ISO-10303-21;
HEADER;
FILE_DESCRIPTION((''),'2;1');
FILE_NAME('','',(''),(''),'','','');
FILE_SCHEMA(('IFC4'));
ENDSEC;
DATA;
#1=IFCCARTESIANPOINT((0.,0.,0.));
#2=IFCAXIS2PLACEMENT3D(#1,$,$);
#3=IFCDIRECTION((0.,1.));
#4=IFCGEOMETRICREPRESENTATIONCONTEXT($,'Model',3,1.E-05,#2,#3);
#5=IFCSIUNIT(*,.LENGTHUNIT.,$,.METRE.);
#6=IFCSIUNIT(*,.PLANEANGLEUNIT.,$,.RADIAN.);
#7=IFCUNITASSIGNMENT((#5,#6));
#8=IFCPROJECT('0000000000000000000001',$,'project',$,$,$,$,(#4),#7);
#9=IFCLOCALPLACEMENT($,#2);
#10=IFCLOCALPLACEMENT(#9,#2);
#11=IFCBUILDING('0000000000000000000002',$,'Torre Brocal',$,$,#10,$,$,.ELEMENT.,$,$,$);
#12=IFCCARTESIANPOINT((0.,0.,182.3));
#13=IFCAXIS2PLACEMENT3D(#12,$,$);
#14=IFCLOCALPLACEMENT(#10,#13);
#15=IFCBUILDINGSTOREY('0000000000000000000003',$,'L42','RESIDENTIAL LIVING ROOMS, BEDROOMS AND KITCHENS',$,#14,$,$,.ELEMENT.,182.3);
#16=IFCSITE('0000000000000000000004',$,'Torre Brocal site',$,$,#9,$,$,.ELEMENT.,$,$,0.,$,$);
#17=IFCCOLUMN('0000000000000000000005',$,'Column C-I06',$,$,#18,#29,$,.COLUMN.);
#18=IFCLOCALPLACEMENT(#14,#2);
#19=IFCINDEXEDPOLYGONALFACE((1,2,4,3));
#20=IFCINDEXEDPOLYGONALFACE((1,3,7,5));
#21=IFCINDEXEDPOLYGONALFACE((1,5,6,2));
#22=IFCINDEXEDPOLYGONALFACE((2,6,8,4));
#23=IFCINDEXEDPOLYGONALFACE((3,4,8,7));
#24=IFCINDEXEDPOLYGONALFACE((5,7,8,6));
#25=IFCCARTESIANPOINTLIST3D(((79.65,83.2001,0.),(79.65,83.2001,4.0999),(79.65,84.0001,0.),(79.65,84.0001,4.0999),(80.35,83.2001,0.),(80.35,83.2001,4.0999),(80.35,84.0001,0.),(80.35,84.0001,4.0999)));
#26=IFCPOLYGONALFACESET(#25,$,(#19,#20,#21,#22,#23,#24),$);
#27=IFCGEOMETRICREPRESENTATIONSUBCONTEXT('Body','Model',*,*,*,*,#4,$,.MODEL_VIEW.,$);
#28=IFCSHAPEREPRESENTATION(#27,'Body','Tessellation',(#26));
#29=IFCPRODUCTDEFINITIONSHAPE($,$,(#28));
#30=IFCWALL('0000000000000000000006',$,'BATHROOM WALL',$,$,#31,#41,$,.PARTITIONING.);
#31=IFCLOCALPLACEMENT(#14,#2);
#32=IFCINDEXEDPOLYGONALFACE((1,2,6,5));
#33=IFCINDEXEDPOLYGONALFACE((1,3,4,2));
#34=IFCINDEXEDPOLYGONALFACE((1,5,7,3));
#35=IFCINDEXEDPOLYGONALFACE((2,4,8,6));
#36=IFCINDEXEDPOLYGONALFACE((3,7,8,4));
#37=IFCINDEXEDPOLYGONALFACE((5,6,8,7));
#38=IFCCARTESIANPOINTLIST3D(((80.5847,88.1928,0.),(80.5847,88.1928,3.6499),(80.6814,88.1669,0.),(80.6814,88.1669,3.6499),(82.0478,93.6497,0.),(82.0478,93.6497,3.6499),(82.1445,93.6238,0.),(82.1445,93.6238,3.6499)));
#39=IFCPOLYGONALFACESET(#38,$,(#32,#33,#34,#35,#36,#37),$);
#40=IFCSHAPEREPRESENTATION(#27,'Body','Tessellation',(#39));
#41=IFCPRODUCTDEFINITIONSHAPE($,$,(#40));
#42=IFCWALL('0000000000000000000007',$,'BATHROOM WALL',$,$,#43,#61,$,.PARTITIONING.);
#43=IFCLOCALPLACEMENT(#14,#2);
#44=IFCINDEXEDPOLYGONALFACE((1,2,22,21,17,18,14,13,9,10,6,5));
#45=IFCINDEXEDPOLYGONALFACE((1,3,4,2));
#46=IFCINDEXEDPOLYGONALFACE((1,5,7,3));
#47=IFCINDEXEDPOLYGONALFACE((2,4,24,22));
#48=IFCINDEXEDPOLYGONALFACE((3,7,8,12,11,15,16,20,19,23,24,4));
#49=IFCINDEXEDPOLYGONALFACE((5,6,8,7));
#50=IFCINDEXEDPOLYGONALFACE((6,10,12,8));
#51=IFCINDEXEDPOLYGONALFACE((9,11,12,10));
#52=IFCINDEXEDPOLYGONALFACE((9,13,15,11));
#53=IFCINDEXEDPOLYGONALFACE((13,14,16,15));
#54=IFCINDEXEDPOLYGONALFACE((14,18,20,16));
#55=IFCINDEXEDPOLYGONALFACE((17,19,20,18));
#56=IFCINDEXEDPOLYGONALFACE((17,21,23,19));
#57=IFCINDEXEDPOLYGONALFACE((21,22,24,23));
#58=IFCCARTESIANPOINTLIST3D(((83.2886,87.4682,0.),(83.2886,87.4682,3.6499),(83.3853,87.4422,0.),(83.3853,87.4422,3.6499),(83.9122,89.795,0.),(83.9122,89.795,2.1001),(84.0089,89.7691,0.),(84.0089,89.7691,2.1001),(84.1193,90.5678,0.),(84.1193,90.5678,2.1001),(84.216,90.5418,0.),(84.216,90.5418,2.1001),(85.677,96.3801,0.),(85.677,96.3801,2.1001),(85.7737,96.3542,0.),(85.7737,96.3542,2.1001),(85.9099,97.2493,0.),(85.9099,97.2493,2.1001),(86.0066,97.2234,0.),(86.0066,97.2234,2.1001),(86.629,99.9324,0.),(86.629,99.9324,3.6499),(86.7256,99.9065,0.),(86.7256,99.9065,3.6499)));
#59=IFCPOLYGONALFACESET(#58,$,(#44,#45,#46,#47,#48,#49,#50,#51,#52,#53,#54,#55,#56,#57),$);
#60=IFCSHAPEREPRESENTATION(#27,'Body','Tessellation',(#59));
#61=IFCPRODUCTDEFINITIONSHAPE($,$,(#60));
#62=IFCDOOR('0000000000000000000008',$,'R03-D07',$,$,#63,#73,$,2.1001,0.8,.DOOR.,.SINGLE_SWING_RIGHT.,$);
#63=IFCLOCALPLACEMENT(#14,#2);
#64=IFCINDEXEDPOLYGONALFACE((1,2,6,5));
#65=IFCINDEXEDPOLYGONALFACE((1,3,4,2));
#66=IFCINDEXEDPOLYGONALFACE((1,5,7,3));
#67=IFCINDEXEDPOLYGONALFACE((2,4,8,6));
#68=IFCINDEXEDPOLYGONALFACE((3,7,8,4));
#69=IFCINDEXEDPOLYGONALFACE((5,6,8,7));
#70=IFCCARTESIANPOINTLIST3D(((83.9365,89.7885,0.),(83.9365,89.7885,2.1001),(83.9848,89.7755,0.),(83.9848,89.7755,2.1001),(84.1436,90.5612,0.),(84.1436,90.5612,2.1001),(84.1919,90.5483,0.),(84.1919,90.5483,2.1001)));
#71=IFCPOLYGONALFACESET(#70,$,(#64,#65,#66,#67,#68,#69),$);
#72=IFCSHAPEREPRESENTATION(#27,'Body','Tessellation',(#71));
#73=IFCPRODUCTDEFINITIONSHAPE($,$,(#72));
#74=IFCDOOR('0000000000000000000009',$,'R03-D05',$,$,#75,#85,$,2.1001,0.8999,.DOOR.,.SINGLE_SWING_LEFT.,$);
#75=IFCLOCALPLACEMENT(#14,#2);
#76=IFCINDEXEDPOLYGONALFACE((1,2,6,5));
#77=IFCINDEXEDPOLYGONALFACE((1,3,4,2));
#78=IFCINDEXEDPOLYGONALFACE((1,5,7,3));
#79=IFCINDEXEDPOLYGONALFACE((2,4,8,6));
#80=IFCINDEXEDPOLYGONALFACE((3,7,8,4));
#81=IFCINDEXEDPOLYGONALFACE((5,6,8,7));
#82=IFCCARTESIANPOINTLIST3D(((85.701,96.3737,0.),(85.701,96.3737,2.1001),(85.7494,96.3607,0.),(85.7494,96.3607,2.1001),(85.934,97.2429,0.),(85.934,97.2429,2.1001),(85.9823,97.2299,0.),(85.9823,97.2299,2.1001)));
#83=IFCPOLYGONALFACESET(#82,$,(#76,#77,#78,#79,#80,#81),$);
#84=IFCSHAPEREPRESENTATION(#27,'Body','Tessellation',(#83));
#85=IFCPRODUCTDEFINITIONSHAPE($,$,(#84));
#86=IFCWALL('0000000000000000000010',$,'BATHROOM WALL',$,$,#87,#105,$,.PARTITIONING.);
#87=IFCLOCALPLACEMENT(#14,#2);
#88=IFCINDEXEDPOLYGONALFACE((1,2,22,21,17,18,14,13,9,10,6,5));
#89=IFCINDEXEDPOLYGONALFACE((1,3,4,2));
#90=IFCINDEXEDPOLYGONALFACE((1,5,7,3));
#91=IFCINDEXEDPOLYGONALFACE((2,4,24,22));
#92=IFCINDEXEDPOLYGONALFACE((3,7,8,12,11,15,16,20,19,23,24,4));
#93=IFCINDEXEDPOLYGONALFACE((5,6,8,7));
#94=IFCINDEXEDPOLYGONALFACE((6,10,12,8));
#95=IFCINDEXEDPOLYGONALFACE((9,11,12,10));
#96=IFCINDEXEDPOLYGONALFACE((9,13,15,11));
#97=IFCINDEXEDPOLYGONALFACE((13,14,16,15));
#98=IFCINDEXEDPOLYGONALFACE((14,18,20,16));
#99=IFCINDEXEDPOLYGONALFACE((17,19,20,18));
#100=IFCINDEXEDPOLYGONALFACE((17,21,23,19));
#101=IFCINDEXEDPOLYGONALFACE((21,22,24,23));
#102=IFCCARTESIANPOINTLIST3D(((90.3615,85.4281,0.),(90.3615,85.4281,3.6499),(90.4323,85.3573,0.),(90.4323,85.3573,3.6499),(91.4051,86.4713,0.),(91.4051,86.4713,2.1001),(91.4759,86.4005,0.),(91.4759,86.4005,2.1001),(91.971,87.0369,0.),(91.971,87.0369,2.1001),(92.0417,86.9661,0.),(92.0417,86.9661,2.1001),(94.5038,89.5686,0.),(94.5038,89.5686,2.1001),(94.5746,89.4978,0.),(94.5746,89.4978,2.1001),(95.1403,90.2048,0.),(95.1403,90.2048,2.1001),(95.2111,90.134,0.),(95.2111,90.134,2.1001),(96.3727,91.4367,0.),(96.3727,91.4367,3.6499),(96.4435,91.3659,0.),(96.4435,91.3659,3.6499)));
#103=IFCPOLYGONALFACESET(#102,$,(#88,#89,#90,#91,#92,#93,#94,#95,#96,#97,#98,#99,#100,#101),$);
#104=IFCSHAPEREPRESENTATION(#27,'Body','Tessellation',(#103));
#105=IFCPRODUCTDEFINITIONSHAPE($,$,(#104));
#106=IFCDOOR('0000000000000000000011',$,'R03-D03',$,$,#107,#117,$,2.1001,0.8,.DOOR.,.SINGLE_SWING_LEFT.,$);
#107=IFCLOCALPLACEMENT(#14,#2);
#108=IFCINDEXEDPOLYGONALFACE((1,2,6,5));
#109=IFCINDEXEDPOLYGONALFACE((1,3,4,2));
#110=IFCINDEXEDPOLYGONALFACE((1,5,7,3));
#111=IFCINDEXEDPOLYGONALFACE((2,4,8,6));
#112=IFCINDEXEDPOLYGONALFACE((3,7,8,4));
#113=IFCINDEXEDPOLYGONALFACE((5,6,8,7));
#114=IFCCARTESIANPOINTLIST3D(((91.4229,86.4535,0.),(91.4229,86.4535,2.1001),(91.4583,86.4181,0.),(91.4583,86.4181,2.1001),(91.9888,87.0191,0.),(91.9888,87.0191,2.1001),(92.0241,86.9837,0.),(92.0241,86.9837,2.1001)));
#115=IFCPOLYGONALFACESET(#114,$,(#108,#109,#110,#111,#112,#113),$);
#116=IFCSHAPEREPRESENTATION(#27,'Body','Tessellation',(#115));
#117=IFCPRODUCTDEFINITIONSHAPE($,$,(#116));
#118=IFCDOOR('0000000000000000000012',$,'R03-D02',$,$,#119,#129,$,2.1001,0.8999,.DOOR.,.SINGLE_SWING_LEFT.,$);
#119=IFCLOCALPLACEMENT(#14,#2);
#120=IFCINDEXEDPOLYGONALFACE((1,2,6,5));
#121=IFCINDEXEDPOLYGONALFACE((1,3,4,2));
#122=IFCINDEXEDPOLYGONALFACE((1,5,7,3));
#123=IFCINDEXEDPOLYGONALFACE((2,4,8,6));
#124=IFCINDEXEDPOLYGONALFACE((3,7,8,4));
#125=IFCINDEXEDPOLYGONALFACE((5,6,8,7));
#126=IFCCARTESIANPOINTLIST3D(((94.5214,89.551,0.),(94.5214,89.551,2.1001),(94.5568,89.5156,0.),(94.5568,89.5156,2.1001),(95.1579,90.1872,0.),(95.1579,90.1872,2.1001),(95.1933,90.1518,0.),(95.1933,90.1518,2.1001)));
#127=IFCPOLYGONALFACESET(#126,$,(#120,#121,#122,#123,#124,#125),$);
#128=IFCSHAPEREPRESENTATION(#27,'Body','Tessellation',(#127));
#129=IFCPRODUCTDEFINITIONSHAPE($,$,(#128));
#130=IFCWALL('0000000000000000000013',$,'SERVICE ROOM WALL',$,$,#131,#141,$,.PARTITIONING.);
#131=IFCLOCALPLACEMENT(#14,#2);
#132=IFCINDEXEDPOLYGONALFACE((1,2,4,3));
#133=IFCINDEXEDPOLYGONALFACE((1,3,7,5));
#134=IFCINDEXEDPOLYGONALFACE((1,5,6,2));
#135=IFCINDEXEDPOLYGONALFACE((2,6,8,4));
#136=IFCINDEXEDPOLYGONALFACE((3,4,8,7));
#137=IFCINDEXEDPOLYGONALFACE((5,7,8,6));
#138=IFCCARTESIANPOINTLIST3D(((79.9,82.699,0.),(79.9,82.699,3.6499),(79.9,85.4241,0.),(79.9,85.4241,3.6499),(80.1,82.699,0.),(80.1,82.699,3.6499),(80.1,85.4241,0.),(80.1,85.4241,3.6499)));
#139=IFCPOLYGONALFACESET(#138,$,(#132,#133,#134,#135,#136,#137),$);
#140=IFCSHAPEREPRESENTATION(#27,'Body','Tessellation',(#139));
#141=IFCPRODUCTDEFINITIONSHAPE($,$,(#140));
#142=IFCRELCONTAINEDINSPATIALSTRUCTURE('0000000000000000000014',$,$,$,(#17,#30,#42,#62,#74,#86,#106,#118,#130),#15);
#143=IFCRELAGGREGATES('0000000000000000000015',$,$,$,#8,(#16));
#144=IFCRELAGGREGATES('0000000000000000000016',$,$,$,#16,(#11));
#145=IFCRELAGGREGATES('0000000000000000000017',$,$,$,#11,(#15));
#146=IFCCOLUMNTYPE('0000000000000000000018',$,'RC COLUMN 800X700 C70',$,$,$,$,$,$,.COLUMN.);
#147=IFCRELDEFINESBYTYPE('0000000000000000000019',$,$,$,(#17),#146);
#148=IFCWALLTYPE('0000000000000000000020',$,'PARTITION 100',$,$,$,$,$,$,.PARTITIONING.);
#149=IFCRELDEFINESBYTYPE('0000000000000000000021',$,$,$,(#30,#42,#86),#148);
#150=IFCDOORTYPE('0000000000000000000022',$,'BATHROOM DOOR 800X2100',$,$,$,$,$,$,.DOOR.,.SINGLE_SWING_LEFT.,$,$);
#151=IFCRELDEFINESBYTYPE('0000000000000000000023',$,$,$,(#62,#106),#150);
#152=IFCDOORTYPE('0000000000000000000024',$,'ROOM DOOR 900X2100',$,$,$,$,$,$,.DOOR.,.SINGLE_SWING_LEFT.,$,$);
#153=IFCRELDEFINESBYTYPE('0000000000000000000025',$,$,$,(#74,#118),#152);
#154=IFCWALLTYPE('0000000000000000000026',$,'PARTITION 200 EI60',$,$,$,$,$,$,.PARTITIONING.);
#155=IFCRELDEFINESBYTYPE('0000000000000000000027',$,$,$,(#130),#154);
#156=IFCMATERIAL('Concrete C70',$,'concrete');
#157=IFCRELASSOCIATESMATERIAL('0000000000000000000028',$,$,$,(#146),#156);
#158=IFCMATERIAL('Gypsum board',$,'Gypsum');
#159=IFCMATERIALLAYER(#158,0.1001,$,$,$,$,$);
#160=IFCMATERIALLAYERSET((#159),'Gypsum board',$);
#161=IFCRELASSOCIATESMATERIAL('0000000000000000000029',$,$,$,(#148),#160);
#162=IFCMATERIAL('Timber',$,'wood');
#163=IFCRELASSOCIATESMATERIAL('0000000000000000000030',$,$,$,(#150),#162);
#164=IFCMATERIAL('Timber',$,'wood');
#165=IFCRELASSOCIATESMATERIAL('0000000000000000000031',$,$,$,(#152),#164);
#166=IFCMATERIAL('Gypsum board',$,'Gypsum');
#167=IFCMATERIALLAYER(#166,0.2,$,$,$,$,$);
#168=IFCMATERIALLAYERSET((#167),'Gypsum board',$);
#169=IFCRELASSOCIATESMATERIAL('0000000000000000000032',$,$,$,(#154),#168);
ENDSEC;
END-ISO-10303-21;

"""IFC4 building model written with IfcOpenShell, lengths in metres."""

from ifc_helpers import new_model, si_unit, direction, frame, frame_2d, origin, origin_2d, place, context, subcontext, project, spatial, rectangle, extrude, material, layer, layer_set, material_profile, profile_set, type_object, element, fill, save


model = new_model("IFC4")

# Units and contexts
model_context = context("Model", 3, precision=1e-05, world=origin(), true_north=direction((0.0, 1.0)))
body_context = subcontext(model_context, "Body", "Model", "MODEL_VIEW")
ifc_project = project(units=[si_unit("LENGTHUNIT", "METRE"), si_unit("PLANEANGLEUNIT", "RADIAN")], contexts=[model_context])

# Site, building, storey
site_placement = place(None, origin())
site = spatial("IfcSite", under=ifc_project, at=site_placement, Name="Torre Brocal site", CompositionType="ELEMENT", RefElevation=0.0)
building_placement = place(site_placement, origin())
building = spatial("IfcBuilding", under=site, at=building_placement, Name="Torre Brocal", CompositionType="ELEMENT")
storey_placement = place(building_placement, frame((0.0, 0.0, 182.3)))
storey = spatial("IfcBuildingStorey", under=building, at=storey_placement, Name="L42", Description="RESIDENTIAL LIVING ROOMS, BEDROOMS AND KITCHENS", CompositionType="ELEMENT", Elevation=182.3)

# Column
ifc_material_1 = material(Name="Concrete C70", Category="concrete")
ifc_material_profile = material_profile(ifc_material_1, rectangle(XDim=0.8, YDim=0.7, at=origin_2d()), Name="RC 800X700")
ifc_profile_set = profile_set([ifc_material_profile], Name="Concrete C70")
column_type = type_object("IfcColumnType", Name="RC COLUMN 800X700 C70", PredefinedType="COLUMN", material=ifc_profile_set)
column_placement = place(storey_placement, frame((80.0, 83.6001, 0.0), z_axis=(0.0, 0.0, 1.0), x_axis=(0.0, 1.0, 0.0)))
element("IfcColumn", 1, at=column_placement, inside=storey, type_object=column_type, Name="Column C-I06", PredefinedType="COLUMN", context=body_context, shape_type="SweptSolid", body=[
    extrude(rectangle(XDim=0.8, YDim=0.7, at=origin_2d()), origin(), (0.0, 0.0, 1.0), 4.0999),
])

# Wall
ifc_material_2 = material(Name="Gypsum board", Category="Gypsum")
ifc_layer_1 = layer(ifc_material_2, 0.1001)
ifc_layer_set_1 = layer_set([ifc_layer_1], Name="Gypsum board")
wall_type_1 = type_object("IfcWallType", Name="PARTITION 100", PredefinedType="PARTITIONING", material=ifc_layer_set_1)
wall_1_placement = place(storey_placement, frame((80.6331, 88.1799, 0.0), z_axis=(0.0, 0.0, 1.0), x_axis=(0.258983, 0.965882, 0.0)))
element("IfcWall", 2, at=wall_1_placement, inside=storey, type_object=wall_type_1, Name="BATHROOM WALL", PredefinedType="PARTITIONING", context=body_context, shape_type="SweptSolid", body=[
    extrude(rectangle(XDim=5.6497, YDim=0.1001, at=frame_2d((2.8247, 0.0))), origin(), (0.0, 0.0, 1.0), 3.6499),
])

# Walls, openings, doors
wall_2_placement = place(storey_placement, frame((83.3369, 87.4551, 0.0), z_axis=(0.0, 0.0, 1.0), x_axis=(0.258861, 0.965915, 0.0)))
wall_2 = element("IfcWall", 3, at=wall_2_placement, inside=storey, type_object=wall_type_1, Name="BATHROOM WALL", PredefinedType="PARTITIONING", context=body_context, shape_type="SweptSolid", body=[
    extrude(rectangle(XDim=12.9041, YDim=0.1001, at=frame_2d((6.4521, 0.0))), origin(), (0.0, 0.0, 1.0), 3.6499),
])
opening_1_placement = place(wall_2_placement, frame((9.2266, 0.0, 0.0)))
opening_1 = element("IfcOpeningElement", 4, at=opening_1_placement, cuts=wall_2, PredefinedType="OPENING", context=body_context, shape_type="SweptSolid", body=[
    extrude(rectangle(XDim=0.8999, YDim=2.1001, at=frame_2d((0.45, 1.05))), frame((0.0, 0.0601, 0.0), z_axis=(0.0, -1.0, 0.0), x_axis=(1.0, 0.0, 0.0)), (0.0, 0.0, 1.0), 0.1201),
])
opening_2_placement = place(wall_2_placement, frame((2.4092, 0.0, 0.0)))
opening_2 = element("IfcOpeningElement", 5, at=opening_2_placement, cuts=wall_2, PredefinedType="OPENING", context=body_context, shape_type="SweptSolid", body=[
    extrude(rectangle(XDim=0.8, YDim=2.1001, at=frame_2d((0.3999, 1.05))), frame((0.0, 0.0601, 0.0), z_axis=(0.0, -1.0, 0.0), x_axis=(1.0, 0.0, 0.0)), (0.0, 0.0, 1.0), 0.1201),
])
ifc_material_3 = material(Name="Timber", Category="wood")
door_type_1 = type_object("IfcDoorType", Name="BATHROOM DOOR 800X2100", OperationType="SINGLE_SWING_LEFT", PredefinedType="DOOR", material=ifc_material_3)
door_1_placement = place(opening_2_placement, origin())
door_1 = element("IfcDoor", 6, at=door_1_placement, inside=storey, type_object=door_type_1, Name="R03-D07", OperationType="SINGLE_SWING_RIGHT", OverallHeight=2.1001, OverallWidth=0.8, PredefinedType="DOOR", context=body_context, shape_type="SweptSolid", body=[
    extrude(rectangle(XDim=0.8, YDim=2.1001, at=frame_2d((0.3999, 1.05))), frame((0.0, 0.0249, 0.0), z_axis=(0.0, -1.0, 0.0), x_axis=(1.0, 0.0, 0.0)), (0.0, 0.0, 1.0), 0.05),
])
fill(opening_2, door_1)
ifc_material_4 = material(Name="Timber", Category="wood")
door_type_2 = type_object("IfcDoorType", Name="ROOM DOOR 900X2100", OperationType="SINGLE_SWING_LEFT", PredefinedType="DOOR", material=ifc_material_4)
door_2_placement = place(opening_1_placement, frame((0.8999, 0.0, 0.0), z_axis=(0.0, 0.0, 1.0), x_axis=(-1.0, 0.0, 0.0)))
door_2 = element("IfcDoor", 7, at=door_2_placement, inside=storey, type_object=door_type_2, Name="R03-D05", OperationType="SINGLE_SWING_LEFT", OverallHeight=2.1001, OverallWidth=0.8999, PredefinedType="DOOR", context=body_context, shape_type="SweptSolid", body=[
    extrude(rectangle(XDim=0.8999, YDim=2.1001, at=frame_2d((0.45, 1.05))), frame((0.0, 0.0249, 0.0), z_axis=(0.0, -1.0, 0.0), x_axis=(1.0, 0.0, 0.0)), (0.0, 0.0, 1.0), 0.05),
])
fill(opening_1, door_2)
wall_3_placement = place(storey_placement, frame((90.397, 85.3928, 0.0), z_axis=(0.0, 0.0, 1.0), x_axis=(0.707265, 0.706949, 0.0)))
wall_3 = element("IfcWall", 8, at=wall_3_placement, inside=storey, type_object=wall_type_1, Name="BATHROOM WALL", PredefinedType="PARTITIONING", context=body_context, shape_type="SweptSolid", body=[
    extrude(rectangle(XDim=8.4993, YDim=0.1001, at=frame_2d((4.2495, 0.0))), origin(), (0.0, 0.0, 1.0), 3.6499),
])
opening_3_placement = place(wall_3_placement, frame((5.8567, 0.0, 0.0)))
opening_3 = element("IfcOpeningElement", 9, at=opening_3_placement, cuts=wall_3, PredefinedType="OPENING", context=body_context, shape_type="SweptSolid", body=[
    extrude(rectangle(XDim=0.8999, YDim=2.1001, at=frame_2d((0.45, 1.05))), frame((0.0, 0.0601, 0.0), z_axis=(0.0, -1.0, 0.0), x_axis=(1.0, 0.0, 0.0)), (0.0, 0.0, 1.0), 0.1201),
])
opening_4_placement = place(wall_3_placement, frame((1.4756, 0.0, 0.0)))
opening_4 = element("IfcOpeningElement", 10, at=opening_4_placement, cuts=wall_3, PredefinedType="OPENING", context=body_context, shape_type="SweptSolid", body=[
    extrude(rectangle(XDim=0.8, YDim=2.1001, at=frame_2d((0.3999, 1.05))), frame((0.0, 0.0601, 0.0), z_axis=(0.0, -1.0, 0.0), x_axis=(1.0, 0.0, 0.0)), (0.0, 0.0, 1.0), 0.1201),
])
door_3_placement = place(opening_4_placement, origin())
door_3 = element("IfcDoor", 11, at=door_3_placement, inside=storey, type_object=door_type_1, Name="R03-D03", OperationType="SINGLE_SWING_LEFT", OverallHeight=2.1001, OverallWidth=0.8, PredefinedType="DOOR", context=body_context, shape_type="SweptSolid", body=[
    extrude(rectangle(XDim=0.8, YDim=2.1001, at=frame_2d((0.3999, 1.05))), frame((0.0, 0.0249, 0.0), z_axis=(0.0, -1.0, 0.0), x_axis=(1.0, 0.0, 0.0)), (0.0, 0.0, 1.0), 0.05),
])
fill(opening_4, door_3)
door_4_placement = place(opening_3_placement, frame((0.8999, 0.0, 0.0), z_axis=(0.0, 0.0, 1.0), x_axis=(-1.0, 0.0, 0.0)))
door_4 = element("IfcDoor", 12, at=door_4_placement, inside=storey, type_object=door_type_2, Name="R03-D02", OperationType="SINGLE_SWING_LEFT", OverallHeight=2.1001, OverallWidth=0.8999, PredefinedType="DOOR", context=body_context, shape_type="SweptSolid", body=[
    extrude(rectangle(XDim=0.8999, YDim=2.1001, at=frame_2d((0.45, 1.05))), frame((0.0, 0.0249, 0.0), z_axis=(0.0, -1.0, 0.0), x_axis=(1.0, 0.0, 0.0)), (0.0, 0.0, 1.0), 0.05),
])
fill(opening_3, door_4)

# Wall
ifc_material_5 = material(Name="Gypsum board", Category="Gypsum")
ifc_layer_2 = layer(ifc_material_5, 0.2)
ifc_layer_set_2 = layer_set([ifc_layer_2], Name="Gypsum board")
wall_type_2 = type_object("IfcWallType", Name="PARTITION 200 EI60", PredefinedType="PARTITIONING", material=ifc_layer_set_2)
wall_4_placement = place(storey_placement, frame((80.0, 82.699, 0.0), z_axis=(0.0, 0.0, 1.0), x_axis=(0.0, 1.0, 0.0)))
element("IfcWall", 13, at=wall_4_placement, inside=storey, type_object=wall_type_2, Name="SERVICE ROOM WALL", PredefinedType="PARTITIONING", context=body_context, shape_type="SweptSolid", body=[
    extrude(rectangle(XDim=2.7251, YDim=0.2, at=frame_2d((1.3625, 0.0))), origin(), (0.0, 0.0, 1.0), 3.6499),
])

save(model, "model.ifc")
